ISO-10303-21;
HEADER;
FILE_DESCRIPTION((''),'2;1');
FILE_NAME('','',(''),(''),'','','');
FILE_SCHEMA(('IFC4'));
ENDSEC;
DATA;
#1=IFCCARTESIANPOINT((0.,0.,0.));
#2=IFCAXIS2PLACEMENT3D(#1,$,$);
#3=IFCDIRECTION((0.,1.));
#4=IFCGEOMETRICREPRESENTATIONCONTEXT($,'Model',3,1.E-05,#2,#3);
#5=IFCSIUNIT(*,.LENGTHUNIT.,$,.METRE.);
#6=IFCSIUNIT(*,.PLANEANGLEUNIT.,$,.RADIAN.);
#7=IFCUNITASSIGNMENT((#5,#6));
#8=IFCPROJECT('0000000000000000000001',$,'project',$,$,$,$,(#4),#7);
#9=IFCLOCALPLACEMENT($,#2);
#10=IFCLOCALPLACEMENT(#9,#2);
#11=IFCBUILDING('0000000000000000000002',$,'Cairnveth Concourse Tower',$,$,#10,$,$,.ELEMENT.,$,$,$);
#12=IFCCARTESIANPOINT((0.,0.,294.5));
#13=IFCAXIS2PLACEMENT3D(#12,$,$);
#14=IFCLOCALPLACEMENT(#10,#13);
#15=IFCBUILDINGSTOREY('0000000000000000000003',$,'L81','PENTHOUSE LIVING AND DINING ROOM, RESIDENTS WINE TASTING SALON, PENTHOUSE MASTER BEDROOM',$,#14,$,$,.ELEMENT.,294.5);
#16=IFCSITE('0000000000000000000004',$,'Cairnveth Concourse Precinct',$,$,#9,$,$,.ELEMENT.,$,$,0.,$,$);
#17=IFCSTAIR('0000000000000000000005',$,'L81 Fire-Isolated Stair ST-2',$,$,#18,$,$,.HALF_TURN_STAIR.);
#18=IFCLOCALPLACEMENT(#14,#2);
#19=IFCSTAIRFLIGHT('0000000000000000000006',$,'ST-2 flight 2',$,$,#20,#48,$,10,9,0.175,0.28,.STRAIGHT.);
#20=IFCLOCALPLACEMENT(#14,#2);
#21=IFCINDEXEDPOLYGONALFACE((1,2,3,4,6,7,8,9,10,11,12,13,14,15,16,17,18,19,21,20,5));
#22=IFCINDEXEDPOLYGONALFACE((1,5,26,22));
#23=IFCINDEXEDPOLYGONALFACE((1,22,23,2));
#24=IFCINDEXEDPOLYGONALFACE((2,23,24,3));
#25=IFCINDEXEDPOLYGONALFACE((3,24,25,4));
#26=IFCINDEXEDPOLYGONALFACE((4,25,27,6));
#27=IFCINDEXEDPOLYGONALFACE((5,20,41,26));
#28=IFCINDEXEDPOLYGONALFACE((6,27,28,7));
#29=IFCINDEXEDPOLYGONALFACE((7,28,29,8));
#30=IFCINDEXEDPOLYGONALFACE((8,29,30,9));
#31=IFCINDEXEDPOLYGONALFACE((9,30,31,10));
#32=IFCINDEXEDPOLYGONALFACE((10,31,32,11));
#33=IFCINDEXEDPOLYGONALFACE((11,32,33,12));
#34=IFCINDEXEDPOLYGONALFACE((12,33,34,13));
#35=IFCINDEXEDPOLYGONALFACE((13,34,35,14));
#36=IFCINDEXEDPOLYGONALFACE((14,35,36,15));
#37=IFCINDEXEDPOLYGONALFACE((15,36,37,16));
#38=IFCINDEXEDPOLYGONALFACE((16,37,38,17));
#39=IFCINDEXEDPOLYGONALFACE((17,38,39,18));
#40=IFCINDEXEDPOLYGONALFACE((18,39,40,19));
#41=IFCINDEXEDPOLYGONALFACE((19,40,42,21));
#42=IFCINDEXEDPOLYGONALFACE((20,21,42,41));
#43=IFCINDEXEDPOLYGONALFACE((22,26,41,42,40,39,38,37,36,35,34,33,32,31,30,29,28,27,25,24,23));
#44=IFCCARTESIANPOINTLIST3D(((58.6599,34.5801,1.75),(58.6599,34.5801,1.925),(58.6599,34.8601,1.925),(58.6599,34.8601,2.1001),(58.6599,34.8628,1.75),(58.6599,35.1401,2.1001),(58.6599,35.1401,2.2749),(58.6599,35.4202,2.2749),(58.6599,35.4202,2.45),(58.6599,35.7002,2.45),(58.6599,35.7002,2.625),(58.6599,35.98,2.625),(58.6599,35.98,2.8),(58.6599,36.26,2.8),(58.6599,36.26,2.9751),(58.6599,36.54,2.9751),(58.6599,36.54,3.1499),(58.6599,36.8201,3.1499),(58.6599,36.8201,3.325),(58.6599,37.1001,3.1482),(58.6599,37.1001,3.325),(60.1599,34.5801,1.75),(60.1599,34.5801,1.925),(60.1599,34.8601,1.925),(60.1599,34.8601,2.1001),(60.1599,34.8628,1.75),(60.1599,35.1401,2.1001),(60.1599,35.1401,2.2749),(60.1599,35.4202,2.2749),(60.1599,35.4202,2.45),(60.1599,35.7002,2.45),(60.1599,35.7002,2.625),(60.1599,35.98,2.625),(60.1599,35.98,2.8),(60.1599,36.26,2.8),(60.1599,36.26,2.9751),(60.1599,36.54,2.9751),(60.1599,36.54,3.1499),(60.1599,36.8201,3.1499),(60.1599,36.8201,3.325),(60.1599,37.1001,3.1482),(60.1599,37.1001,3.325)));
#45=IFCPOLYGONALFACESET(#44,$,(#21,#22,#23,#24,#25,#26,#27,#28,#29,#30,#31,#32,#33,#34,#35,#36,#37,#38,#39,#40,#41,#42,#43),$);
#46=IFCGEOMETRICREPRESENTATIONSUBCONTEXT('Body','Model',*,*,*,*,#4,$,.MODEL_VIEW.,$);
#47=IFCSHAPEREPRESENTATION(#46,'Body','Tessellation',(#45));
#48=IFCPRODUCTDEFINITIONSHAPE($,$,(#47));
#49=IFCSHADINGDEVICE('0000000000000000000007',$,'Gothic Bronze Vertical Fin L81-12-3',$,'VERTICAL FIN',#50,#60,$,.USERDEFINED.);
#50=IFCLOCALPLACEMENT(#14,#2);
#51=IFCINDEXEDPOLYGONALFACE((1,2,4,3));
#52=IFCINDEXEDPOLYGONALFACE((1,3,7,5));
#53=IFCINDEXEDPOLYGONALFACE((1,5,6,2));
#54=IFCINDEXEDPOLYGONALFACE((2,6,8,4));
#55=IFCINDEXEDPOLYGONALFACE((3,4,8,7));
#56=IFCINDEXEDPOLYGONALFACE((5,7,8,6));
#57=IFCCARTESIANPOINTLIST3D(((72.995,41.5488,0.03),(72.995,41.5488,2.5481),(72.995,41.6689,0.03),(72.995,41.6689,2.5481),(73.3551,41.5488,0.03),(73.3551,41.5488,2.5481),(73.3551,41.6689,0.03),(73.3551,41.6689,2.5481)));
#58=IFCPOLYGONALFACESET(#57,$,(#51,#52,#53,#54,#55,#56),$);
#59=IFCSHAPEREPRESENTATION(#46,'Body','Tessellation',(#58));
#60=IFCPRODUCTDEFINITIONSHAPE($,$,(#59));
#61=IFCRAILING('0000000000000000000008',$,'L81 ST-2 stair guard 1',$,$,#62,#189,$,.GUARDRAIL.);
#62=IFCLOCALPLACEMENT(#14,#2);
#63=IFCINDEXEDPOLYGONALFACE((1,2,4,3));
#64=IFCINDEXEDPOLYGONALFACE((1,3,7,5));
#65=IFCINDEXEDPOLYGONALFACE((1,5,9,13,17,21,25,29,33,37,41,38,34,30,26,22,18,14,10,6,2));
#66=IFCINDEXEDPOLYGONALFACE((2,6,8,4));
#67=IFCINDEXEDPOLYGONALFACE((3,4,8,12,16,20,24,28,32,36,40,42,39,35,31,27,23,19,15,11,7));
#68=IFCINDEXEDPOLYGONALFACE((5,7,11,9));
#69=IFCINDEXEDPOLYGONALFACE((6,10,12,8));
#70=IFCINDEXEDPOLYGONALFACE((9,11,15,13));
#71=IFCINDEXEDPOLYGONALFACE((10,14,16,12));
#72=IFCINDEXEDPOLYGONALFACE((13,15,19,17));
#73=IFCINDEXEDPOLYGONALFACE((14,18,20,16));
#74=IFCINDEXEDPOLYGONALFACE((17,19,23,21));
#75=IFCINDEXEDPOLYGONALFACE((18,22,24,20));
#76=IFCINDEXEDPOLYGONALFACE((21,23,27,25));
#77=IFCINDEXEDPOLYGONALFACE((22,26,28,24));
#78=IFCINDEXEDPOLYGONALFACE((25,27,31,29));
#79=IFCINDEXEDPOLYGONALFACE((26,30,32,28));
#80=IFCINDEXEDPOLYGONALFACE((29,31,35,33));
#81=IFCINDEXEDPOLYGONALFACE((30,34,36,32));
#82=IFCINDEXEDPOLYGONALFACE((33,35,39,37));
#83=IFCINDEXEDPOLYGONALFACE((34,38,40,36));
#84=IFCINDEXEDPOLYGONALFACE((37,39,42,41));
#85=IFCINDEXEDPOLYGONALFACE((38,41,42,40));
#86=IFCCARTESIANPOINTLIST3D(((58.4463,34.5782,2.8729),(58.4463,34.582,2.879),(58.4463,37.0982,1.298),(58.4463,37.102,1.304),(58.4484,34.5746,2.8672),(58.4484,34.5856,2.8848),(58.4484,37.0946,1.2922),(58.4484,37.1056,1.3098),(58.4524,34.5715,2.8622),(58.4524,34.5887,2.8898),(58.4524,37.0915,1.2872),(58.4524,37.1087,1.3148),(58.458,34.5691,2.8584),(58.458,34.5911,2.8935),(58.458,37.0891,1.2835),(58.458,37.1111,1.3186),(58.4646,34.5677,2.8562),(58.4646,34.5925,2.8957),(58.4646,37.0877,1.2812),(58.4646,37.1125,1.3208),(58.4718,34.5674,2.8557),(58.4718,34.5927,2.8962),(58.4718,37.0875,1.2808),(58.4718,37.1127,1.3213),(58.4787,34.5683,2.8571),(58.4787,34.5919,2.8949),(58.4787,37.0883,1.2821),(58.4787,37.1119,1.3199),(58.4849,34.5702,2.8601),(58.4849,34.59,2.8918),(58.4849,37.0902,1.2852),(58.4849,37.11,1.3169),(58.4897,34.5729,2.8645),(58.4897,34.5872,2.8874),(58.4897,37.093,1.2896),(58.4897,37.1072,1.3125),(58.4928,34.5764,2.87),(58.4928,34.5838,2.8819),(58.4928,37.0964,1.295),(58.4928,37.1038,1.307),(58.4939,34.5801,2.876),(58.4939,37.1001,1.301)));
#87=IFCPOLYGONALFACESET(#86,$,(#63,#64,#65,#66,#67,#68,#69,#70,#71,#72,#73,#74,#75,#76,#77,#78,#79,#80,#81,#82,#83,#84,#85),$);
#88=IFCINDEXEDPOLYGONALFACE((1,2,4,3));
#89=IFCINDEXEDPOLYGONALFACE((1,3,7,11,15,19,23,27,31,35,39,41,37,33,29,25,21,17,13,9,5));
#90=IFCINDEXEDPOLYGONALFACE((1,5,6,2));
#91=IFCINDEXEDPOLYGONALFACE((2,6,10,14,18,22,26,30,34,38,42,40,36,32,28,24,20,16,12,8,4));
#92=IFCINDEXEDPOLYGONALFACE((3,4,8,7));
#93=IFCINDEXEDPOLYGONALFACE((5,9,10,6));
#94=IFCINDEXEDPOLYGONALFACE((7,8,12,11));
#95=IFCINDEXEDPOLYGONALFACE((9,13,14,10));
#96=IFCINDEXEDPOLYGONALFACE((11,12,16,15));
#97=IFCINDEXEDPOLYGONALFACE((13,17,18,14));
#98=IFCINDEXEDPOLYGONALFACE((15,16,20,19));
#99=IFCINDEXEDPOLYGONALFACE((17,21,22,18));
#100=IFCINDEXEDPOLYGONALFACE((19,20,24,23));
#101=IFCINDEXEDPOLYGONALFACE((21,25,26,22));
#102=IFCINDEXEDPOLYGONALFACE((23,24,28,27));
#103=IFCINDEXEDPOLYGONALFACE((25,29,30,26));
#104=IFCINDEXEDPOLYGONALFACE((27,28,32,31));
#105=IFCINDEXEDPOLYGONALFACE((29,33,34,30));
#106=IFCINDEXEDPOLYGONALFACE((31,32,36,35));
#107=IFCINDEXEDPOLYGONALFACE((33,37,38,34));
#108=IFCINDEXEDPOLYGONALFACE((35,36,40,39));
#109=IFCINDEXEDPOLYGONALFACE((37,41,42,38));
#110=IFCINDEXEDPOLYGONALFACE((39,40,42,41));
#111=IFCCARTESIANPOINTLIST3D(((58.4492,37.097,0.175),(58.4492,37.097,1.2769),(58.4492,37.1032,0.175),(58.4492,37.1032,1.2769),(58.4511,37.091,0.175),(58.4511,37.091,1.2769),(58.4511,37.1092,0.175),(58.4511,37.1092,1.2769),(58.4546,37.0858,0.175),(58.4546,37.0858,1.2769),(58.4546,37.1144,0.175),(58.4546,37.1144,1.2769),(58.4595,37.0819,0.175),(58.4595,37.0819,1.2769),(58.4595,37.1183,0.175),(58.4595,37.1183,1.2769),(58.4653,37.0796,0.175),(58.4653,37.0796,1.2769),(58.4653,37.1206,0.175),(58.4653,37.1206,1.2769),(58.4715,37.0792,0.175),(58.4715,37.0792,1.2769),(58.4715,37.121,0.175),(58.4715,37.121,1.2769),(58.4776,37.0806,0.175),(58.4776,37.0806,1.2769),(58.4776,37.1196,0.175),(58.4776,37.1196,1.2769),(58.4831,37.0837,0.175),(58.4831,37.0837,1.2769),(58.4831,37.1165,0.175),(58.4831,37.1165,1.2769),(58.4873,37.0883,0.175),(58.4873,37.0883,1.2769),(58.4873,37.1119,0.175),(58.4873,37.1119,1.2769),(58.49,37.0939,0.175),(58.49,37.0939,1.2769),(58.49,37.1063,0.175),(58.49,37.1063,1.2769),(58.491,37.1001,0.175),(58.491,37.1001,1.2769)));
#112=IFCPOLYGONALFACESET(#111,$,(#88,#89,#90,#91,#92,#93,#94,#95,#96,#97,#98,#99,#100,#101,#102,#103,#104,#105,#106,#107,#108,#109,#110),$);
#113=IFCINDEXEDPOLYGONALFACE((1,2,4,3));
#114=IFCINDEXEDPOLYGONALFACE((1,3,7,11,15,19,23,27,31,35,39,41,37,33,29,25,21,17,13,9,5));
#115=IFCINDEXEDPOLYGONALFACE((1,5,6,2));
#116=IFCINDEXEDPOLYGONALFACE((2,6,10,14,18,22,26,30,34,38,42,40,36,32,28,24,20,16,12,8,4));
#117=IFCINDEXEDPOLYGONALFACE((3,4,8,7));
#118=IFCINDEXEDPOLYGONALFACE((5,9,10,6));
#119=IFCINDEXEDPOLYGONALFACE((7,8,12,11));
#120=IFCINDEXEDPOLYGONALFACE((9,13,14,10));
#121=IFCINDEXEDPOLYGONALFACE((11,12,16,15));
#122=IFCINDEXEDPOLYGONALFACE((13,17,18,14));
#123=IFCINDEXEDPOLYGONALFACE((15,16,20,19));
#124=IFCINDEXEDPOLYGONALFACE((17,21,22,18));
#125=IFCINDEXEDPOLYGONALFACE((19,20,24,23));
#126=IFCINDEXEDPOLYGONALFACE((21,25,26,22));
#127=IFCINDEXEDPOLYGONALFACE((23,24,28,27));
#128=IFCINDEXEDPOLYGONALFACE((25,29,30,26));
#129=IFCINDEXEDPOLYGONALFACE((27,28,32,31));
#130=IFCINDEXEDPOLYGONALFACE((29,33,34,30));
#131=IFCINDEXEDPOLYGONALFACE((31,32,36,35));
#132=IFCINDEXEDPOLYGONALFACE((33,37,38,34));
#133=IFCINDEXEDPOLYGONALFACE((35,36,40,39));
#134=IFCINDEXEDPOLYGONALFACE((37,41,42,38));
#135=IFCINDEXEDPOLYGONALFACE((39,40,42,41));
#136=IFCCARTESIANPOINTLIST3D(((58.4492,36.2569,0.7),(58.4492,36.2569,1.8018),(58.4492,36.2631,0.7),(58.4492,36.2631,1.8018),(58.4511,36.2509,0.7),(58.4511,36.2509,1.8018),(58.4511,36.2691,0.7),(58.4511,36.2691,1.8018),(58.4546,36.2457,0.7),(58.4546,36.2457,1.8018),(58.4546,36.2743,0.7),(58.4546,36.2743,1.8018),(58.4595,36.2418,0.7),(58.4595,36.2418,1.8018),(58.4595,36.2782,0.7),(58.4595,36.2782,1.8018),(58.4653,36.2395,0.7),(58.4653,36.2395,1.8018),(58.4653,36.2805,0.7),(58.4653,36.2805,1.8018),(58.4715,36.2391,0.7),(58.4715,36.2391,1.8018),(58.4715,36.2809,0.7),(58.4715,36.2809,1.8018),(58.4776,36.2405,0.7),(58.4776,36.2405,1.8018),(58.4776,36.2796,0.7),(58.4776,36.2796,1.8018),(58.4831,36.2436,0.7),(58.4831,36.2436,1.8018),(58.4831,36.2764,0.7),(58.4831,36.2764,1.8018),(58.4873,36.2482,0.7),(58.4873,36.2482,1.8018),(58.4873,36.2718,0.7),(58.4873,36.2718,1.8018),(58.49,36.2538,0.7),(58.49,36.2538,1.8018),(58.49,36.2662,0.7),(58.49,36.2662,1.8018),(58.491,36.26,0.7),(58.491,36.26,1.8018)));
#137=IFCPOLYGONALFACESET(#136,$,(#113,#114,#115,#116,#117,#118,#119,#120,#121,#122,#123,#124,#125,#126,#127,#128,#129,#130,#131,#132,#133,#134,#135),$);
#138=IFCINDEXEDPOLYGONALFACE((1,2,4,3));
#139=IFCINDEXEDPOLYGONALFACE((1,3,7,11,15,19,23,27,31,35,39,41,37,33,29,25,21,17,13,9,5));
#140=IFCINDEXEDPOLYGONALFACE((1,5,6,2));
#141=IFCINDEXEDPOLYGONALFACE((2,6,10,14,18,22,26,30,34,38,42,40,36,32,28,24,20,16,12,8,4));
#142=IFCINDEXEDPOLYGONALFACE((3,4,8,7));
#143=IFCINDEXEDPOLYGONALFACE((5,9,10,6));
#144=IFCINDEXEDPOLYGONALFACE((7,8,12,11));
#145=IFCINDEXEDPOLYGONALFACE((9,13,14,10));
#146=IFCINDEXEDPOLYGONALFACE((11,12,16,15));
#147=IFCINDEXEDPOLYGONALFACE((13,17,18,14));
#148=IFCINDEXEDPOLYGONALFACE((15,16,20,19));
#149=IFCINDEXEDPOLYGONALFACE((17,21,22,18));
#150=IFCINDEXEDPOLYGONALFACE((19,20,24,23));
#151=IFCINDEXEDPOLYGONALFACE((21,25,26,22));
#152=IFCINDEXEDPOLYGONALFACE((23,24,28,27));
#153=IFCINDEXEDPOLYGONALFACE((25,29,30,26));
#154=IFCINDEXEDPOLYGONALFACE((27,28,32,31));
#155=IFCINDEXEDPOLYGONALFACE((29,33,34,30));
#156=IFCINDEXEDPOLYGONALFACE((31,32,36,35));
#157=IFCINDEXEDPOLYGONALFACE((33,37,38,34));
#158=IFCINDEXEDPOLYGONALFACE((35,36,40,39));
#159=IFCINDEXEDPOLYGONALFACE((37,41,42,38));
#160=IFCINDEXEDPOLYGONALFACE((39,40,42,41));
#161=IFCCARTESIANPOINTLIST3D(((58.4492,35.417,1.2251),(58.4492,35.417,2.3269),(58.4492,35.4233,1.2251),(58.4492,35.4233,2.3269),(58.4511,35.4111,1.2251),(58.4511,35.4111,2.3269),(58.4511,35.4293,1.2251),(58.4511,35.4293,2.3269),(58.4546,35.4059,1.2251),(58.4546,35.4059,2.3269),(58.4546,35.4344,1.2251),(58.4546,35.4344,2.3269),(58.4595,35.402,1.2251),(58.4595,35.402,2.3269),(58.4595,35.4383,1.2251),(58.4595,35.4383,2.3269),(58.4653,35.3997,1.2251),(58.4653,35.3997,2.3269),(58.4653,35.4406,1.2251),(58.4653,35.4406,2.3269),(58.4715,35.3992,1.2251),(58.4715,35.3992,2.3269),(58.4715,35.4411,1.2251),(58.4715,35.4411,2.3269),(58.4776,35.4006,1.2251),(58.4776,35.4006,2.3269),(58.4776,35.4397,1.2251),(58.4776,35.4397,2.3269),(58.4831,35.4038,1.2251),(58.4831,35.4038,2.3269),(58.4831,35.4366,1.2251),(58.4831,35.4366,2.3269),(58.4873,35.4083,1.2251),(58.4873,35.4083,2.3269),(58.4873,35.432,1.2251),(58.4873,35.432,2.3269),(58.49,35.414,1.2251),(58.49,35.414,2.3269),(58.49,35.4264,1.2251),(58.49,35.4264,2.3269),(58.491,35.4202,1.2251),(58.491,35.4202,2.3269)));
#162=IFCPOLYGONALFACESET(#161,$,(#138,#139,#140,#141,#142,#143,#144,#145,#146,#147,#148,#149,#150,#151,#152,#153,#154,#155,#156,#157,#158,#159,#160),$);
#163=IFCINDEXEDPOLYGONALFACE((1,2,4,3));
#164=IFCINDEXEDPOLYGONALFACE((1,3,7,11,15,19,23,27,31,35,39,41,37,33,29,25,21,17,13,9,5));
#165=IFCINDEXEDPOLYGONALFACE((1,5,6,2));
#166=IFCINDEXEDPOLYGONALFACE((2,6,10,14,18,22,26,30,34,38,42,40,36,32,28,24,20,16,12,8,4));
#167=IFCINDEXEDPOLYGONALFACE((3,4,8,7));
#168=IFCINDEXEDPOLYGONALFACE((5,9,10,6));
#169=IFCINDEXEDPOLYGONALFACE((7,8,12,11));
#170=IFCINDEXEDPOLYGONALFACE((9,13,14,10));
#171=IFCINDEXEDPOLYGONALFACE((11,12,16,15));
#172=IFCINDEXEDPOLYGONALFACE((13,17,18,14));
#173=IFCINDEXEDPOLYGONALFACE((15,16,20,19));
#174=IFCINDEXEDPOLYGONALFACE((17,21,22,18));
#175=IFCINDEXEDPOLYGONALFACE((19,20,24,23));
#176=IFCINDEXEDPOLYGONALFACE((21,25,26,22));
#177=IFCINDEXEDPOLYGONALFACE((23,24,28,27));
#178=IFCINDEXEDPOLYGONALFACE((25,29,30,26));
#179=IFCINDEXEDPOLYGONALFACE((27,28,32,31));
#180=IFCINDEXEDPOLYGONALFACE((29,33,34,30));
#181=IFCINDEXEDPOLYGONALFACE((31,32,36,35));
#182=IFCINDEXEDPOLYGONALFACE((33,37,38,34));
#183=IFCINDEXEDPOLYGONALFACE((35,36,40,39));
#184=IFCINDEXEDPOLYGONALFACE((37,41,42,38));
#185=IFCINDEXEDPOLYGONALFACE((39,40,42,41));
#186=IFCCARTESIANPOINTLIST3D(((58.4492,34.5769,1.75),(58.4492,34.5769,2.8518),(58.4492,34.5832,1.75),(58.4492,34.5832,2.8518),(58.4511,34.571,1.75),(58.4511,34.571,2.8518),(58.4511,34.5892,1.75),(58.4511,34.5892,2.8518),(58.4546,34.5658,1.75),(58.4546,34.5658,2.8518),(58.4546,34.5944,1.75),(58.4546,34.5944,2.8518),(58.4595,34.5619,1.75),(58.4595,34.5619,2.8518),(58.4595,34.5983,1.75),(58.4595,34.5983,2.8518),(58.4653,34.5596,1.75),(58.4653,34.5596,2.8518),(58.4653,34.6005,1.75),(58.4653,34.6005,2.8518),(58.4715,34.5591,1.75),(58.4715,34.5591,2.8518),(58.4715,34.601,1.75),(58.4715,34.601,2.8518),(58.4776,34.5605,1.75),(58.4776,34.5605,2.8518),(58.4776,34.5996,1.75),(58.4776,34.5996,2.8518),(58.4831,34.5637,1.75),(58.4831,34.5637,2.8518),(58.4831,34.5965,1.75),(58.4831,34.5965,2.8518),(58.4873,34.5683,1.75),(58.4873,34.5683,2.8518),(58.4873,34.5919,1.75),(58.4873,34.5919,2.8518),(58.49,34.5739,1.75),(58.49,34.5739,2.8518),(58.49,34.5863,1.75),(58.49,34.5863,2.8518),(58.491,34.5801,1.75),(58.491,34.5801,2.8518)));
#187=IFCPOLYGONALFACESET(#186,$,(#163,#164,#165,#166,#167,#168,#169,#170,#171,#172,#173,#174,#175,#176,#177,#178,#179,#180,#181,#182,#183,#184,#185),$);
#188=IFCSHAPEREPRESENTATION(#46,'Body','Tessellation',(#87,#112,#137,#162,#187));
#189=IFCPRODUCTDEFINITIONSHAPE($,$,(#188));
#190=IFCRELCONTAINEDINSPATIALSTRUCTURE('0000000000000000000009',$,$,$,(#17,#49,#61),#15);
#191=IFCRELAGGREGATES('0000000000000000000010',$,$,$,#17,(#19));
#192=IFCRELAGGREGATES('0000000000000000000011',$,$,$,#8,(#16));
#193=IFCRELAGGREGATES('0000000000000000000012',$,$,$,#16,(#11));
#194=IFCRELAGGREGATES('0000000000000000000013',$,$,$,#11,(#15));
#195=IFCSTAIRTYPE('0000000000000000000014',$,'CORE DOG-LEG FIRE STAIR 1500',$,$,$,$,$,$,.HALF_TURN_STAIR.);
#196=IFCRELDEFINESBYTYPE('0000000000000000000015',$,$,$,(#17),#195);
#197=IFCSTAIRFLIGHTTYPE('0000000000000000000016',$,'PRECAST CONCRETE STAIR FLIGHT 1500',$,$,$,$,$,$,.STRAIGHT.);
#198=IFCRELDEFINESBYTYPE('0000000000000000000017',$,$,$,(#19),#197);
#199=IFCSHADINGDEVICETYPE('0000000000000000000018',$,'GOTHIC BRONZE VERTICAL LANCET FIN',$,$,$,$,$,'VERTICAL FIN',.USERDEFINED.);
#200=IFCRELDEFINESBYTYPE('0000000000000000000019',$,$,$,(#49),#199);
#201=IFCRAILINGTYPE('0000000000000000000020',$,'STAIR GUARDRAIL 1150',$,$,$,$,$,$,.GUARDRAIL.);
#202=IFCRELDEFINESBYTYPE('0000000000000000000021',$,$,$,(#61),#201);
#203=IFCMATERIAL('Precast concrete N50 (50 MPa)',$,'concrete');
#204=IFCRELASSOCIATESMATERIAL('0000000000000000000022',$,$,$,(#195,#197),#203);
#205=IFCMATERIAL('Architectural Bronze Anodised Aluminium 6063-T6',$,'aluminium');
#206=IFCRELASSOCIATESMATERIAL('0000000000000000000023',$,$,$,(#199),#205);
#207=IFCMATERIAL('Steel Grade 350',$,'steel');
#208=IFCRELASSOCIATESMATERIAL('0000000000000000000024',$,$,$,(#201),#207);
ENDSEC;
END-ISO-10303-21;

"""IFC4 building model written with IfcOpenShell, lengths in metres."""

from ifc_helpers import new_model, si_unit, direction, frame, origin, origin_2d, place, context, subcontext, project, spatial, polyline, rectangle, circle, outline, extrude, material, type_object, element, aggregate, save


model = new_model("IFC4")

# Units and contexts
model_context = context("Model", 3, precision=1e-05, world=origin(), true_north=direction((0.0, 1.0)))
body_context = subcontext(model_context, "Body", "Model", "MODEL_VIEW")
ifc_project = project(units=[si_unit("LENGTHUNIT", "METRE"), si_unit("PLANEANGLEUNIT", "RADIAN")], contexts=[model_context])

# Site, building, storey
site_placement = place(None, origin())
site = spatial("IfcSite", under=ifc_project, at=site_placement, Name="Cairnveth Concourse Precinct", CompositionType="ELEMENT", RefElevation=0.0)
building_placement = place(site_placement, origin())
building = spatial("IfcBuilding", under=site, at=building_placement, Name="Cairnveth Concourse Tower", CompositionType="ELEMENT")
storey_placement = place(building_placement, frame((0.0, 0.0, 294.5)))
storey = spatial("IfcBuildingStorey", under=building, at=storey_placement, Name="L81", Description="PENTHOUSE LIVING AND DINING ROOM, RESIDENTS WINE TASTING SALON, PENTHOUSE MASTER BEDROOM", CompositionType="ELEMENT", Elevation=294.5)

# Shared definitions
ifc_material_1 = material(Name="Steel Grade 350", Category="steel")

# Stair, stair flight
ifc_material_2 = material(Name="Precast concrete N50 (50 MPa)", Category="concrete")
stair_type = type_object("IfcStairType", Name="CORE DOG-LEG FIRE STAIR 1500", PredefinedType="HALF_TURN_STAIR", material=ifc_material_2)
stair_placement = place(storey_placement, origin())
stair = element("IfcStair", 1, at=stair_placement, inside=storey, type_object=stair_type, Name="L81 Fire-Isolated Stair ST-2", PredefinedType="HALF_TURN_STAIR")
stair_flight_type = type_object("IfcStairFlightType", Name="PRECAST CONCRETE STAIR FLIGHT 1500", PredefinedType="STRAIGHT", material=ifc_material_2)
stair_flight_1_placement = place(storey_placement, frame((59.4099, 34.5801, 1.75), z_axis=(0.0, 0.0, 1.0), x_axis=(0.0, 1.0, 0.0)))
stair_flight_1 = element("IfcStairFlight", 2, at=stair_flight_1_placement, type_object=stair_flight_type, Name="ST-2 flight 2", NumberOfRisers=10, NumberOfTreads=9, PredefinedType="STRAIGHT", RiserHeight=0.175, TreadLength=0.28, context=body_context, shape_type="SweptSolid", body=[
    extrude(outline(polyline([(0.0, 0.0), (0.0, 0.175), (0.28, 0.175), (0.28, 0.3501), (0.5601, 0.3501), (0.5601, 0.5249), (0.8401, 0.5249), (0.8401, 0.7), (1.1201, 0.7), (1.1201, 0.875), (1.3999, 0.875), (1.3999, 1.05), (1.6799, 1.05), (1.6799, 1.2251), (1.96, 1.2251), (1.96, 1.3999), (2.24, 1.3999), (2.24, 1.575), (2.52, 1.575), (2.52, 1.75), (2.52, 1.3982), (0.2827, 0.0), (0.0, 0.0)])), frame((0.0, 0.75, 0.0), z_axis=(0.0, -1.0, 0.0), x_axis=(1.0, 0.0, 0.0)), (0.0, 0.0, 1.0), 1.5),
])
aggregate(stair, [stair_flight_1])

# Shading device
ifc_material_3 = material(Name="Architectural Bronze Anodised Aluminium 6063-T6", Category="aluminium")
shading_device_type = type_object("IfcShadingDeviceType", Name="GOTHIC BRONZE VERTICAL LANCET FIN", ElementType="VERTICAL FIN", PredefinedType="USERDEFINED", material=ifc_material_3)
shading_device_placement = place(storey_placement, frame((73.175, 41.6089, 0.03), z_axis=(0.0, 0.0, 1.0), x_axis=(0.0, 1.0, 0.0)))
element("IfcShadingDevice", 3, at=shading_device_placement, inside=storey, type_object=shading_device_type, Name="Gothic Bronze Vertical Fin L81-12-3", ObjectType="VERTICAL FIN", PredefinedType="USERDEFINED", context=body_context, shape_type="SweptSolid", body=[
    extrude(rectangle(XDim=0.1201, YDim=0.3601, at=origin_2d()), origin(), (0.0, 0.0, 1.0), 2.5181),
])

# Railing
railing_type_1 = type_object("IfcRailingType", Name="STAIR GUARDRAIL 1150", PredefinedType="GUARDRAIL", material=ifc_material_1)
railing_1_placement = place(storey_placement, frame((58.47, 37.1001, 0.175)))
element("IfcRailing", 4, at=railing_1_placement, inside=storey, type_object=railing_type_1, Name="L81 ST-2 stair guard 1", PredefinedType="GUARDRAIL", context=body_context, shape_type="SweptSolid", body=[
    extrude(circle(Radius=0.0239, at=origin_2d()), frame((0.0, 0.0, 1.126), z_axis=(0.0, -0.848008, 0.529984), x_axis=(1.0, 0.0, 0.0)), (0.0, 0.0, 1.0), 2.9717),
    extrude(circle(Radius=0.021, at=origin_2d()), origin(), (0.0, 0.0, 1.0), 1.1018),
    extrude(circle(Radius=0.021, at=origin_2d()), frame((0.0, -0.8401, 0.5249)), (0.0, 0.0, 1.0), 1.1018),
    extrude(circle(Radius=0.021, at=origin_2d()), frame((0.0, -1.6799, 1.05)), (0.0, 0.0, 1.0), 1.1018),
    extrude(circle(Radius=0.021, at=origin_2d()), frame((0.0, -2.52, 1.575)), (0.0, 0.0, 1.0), 1.1018),
])

save(model, "model.ifc")
